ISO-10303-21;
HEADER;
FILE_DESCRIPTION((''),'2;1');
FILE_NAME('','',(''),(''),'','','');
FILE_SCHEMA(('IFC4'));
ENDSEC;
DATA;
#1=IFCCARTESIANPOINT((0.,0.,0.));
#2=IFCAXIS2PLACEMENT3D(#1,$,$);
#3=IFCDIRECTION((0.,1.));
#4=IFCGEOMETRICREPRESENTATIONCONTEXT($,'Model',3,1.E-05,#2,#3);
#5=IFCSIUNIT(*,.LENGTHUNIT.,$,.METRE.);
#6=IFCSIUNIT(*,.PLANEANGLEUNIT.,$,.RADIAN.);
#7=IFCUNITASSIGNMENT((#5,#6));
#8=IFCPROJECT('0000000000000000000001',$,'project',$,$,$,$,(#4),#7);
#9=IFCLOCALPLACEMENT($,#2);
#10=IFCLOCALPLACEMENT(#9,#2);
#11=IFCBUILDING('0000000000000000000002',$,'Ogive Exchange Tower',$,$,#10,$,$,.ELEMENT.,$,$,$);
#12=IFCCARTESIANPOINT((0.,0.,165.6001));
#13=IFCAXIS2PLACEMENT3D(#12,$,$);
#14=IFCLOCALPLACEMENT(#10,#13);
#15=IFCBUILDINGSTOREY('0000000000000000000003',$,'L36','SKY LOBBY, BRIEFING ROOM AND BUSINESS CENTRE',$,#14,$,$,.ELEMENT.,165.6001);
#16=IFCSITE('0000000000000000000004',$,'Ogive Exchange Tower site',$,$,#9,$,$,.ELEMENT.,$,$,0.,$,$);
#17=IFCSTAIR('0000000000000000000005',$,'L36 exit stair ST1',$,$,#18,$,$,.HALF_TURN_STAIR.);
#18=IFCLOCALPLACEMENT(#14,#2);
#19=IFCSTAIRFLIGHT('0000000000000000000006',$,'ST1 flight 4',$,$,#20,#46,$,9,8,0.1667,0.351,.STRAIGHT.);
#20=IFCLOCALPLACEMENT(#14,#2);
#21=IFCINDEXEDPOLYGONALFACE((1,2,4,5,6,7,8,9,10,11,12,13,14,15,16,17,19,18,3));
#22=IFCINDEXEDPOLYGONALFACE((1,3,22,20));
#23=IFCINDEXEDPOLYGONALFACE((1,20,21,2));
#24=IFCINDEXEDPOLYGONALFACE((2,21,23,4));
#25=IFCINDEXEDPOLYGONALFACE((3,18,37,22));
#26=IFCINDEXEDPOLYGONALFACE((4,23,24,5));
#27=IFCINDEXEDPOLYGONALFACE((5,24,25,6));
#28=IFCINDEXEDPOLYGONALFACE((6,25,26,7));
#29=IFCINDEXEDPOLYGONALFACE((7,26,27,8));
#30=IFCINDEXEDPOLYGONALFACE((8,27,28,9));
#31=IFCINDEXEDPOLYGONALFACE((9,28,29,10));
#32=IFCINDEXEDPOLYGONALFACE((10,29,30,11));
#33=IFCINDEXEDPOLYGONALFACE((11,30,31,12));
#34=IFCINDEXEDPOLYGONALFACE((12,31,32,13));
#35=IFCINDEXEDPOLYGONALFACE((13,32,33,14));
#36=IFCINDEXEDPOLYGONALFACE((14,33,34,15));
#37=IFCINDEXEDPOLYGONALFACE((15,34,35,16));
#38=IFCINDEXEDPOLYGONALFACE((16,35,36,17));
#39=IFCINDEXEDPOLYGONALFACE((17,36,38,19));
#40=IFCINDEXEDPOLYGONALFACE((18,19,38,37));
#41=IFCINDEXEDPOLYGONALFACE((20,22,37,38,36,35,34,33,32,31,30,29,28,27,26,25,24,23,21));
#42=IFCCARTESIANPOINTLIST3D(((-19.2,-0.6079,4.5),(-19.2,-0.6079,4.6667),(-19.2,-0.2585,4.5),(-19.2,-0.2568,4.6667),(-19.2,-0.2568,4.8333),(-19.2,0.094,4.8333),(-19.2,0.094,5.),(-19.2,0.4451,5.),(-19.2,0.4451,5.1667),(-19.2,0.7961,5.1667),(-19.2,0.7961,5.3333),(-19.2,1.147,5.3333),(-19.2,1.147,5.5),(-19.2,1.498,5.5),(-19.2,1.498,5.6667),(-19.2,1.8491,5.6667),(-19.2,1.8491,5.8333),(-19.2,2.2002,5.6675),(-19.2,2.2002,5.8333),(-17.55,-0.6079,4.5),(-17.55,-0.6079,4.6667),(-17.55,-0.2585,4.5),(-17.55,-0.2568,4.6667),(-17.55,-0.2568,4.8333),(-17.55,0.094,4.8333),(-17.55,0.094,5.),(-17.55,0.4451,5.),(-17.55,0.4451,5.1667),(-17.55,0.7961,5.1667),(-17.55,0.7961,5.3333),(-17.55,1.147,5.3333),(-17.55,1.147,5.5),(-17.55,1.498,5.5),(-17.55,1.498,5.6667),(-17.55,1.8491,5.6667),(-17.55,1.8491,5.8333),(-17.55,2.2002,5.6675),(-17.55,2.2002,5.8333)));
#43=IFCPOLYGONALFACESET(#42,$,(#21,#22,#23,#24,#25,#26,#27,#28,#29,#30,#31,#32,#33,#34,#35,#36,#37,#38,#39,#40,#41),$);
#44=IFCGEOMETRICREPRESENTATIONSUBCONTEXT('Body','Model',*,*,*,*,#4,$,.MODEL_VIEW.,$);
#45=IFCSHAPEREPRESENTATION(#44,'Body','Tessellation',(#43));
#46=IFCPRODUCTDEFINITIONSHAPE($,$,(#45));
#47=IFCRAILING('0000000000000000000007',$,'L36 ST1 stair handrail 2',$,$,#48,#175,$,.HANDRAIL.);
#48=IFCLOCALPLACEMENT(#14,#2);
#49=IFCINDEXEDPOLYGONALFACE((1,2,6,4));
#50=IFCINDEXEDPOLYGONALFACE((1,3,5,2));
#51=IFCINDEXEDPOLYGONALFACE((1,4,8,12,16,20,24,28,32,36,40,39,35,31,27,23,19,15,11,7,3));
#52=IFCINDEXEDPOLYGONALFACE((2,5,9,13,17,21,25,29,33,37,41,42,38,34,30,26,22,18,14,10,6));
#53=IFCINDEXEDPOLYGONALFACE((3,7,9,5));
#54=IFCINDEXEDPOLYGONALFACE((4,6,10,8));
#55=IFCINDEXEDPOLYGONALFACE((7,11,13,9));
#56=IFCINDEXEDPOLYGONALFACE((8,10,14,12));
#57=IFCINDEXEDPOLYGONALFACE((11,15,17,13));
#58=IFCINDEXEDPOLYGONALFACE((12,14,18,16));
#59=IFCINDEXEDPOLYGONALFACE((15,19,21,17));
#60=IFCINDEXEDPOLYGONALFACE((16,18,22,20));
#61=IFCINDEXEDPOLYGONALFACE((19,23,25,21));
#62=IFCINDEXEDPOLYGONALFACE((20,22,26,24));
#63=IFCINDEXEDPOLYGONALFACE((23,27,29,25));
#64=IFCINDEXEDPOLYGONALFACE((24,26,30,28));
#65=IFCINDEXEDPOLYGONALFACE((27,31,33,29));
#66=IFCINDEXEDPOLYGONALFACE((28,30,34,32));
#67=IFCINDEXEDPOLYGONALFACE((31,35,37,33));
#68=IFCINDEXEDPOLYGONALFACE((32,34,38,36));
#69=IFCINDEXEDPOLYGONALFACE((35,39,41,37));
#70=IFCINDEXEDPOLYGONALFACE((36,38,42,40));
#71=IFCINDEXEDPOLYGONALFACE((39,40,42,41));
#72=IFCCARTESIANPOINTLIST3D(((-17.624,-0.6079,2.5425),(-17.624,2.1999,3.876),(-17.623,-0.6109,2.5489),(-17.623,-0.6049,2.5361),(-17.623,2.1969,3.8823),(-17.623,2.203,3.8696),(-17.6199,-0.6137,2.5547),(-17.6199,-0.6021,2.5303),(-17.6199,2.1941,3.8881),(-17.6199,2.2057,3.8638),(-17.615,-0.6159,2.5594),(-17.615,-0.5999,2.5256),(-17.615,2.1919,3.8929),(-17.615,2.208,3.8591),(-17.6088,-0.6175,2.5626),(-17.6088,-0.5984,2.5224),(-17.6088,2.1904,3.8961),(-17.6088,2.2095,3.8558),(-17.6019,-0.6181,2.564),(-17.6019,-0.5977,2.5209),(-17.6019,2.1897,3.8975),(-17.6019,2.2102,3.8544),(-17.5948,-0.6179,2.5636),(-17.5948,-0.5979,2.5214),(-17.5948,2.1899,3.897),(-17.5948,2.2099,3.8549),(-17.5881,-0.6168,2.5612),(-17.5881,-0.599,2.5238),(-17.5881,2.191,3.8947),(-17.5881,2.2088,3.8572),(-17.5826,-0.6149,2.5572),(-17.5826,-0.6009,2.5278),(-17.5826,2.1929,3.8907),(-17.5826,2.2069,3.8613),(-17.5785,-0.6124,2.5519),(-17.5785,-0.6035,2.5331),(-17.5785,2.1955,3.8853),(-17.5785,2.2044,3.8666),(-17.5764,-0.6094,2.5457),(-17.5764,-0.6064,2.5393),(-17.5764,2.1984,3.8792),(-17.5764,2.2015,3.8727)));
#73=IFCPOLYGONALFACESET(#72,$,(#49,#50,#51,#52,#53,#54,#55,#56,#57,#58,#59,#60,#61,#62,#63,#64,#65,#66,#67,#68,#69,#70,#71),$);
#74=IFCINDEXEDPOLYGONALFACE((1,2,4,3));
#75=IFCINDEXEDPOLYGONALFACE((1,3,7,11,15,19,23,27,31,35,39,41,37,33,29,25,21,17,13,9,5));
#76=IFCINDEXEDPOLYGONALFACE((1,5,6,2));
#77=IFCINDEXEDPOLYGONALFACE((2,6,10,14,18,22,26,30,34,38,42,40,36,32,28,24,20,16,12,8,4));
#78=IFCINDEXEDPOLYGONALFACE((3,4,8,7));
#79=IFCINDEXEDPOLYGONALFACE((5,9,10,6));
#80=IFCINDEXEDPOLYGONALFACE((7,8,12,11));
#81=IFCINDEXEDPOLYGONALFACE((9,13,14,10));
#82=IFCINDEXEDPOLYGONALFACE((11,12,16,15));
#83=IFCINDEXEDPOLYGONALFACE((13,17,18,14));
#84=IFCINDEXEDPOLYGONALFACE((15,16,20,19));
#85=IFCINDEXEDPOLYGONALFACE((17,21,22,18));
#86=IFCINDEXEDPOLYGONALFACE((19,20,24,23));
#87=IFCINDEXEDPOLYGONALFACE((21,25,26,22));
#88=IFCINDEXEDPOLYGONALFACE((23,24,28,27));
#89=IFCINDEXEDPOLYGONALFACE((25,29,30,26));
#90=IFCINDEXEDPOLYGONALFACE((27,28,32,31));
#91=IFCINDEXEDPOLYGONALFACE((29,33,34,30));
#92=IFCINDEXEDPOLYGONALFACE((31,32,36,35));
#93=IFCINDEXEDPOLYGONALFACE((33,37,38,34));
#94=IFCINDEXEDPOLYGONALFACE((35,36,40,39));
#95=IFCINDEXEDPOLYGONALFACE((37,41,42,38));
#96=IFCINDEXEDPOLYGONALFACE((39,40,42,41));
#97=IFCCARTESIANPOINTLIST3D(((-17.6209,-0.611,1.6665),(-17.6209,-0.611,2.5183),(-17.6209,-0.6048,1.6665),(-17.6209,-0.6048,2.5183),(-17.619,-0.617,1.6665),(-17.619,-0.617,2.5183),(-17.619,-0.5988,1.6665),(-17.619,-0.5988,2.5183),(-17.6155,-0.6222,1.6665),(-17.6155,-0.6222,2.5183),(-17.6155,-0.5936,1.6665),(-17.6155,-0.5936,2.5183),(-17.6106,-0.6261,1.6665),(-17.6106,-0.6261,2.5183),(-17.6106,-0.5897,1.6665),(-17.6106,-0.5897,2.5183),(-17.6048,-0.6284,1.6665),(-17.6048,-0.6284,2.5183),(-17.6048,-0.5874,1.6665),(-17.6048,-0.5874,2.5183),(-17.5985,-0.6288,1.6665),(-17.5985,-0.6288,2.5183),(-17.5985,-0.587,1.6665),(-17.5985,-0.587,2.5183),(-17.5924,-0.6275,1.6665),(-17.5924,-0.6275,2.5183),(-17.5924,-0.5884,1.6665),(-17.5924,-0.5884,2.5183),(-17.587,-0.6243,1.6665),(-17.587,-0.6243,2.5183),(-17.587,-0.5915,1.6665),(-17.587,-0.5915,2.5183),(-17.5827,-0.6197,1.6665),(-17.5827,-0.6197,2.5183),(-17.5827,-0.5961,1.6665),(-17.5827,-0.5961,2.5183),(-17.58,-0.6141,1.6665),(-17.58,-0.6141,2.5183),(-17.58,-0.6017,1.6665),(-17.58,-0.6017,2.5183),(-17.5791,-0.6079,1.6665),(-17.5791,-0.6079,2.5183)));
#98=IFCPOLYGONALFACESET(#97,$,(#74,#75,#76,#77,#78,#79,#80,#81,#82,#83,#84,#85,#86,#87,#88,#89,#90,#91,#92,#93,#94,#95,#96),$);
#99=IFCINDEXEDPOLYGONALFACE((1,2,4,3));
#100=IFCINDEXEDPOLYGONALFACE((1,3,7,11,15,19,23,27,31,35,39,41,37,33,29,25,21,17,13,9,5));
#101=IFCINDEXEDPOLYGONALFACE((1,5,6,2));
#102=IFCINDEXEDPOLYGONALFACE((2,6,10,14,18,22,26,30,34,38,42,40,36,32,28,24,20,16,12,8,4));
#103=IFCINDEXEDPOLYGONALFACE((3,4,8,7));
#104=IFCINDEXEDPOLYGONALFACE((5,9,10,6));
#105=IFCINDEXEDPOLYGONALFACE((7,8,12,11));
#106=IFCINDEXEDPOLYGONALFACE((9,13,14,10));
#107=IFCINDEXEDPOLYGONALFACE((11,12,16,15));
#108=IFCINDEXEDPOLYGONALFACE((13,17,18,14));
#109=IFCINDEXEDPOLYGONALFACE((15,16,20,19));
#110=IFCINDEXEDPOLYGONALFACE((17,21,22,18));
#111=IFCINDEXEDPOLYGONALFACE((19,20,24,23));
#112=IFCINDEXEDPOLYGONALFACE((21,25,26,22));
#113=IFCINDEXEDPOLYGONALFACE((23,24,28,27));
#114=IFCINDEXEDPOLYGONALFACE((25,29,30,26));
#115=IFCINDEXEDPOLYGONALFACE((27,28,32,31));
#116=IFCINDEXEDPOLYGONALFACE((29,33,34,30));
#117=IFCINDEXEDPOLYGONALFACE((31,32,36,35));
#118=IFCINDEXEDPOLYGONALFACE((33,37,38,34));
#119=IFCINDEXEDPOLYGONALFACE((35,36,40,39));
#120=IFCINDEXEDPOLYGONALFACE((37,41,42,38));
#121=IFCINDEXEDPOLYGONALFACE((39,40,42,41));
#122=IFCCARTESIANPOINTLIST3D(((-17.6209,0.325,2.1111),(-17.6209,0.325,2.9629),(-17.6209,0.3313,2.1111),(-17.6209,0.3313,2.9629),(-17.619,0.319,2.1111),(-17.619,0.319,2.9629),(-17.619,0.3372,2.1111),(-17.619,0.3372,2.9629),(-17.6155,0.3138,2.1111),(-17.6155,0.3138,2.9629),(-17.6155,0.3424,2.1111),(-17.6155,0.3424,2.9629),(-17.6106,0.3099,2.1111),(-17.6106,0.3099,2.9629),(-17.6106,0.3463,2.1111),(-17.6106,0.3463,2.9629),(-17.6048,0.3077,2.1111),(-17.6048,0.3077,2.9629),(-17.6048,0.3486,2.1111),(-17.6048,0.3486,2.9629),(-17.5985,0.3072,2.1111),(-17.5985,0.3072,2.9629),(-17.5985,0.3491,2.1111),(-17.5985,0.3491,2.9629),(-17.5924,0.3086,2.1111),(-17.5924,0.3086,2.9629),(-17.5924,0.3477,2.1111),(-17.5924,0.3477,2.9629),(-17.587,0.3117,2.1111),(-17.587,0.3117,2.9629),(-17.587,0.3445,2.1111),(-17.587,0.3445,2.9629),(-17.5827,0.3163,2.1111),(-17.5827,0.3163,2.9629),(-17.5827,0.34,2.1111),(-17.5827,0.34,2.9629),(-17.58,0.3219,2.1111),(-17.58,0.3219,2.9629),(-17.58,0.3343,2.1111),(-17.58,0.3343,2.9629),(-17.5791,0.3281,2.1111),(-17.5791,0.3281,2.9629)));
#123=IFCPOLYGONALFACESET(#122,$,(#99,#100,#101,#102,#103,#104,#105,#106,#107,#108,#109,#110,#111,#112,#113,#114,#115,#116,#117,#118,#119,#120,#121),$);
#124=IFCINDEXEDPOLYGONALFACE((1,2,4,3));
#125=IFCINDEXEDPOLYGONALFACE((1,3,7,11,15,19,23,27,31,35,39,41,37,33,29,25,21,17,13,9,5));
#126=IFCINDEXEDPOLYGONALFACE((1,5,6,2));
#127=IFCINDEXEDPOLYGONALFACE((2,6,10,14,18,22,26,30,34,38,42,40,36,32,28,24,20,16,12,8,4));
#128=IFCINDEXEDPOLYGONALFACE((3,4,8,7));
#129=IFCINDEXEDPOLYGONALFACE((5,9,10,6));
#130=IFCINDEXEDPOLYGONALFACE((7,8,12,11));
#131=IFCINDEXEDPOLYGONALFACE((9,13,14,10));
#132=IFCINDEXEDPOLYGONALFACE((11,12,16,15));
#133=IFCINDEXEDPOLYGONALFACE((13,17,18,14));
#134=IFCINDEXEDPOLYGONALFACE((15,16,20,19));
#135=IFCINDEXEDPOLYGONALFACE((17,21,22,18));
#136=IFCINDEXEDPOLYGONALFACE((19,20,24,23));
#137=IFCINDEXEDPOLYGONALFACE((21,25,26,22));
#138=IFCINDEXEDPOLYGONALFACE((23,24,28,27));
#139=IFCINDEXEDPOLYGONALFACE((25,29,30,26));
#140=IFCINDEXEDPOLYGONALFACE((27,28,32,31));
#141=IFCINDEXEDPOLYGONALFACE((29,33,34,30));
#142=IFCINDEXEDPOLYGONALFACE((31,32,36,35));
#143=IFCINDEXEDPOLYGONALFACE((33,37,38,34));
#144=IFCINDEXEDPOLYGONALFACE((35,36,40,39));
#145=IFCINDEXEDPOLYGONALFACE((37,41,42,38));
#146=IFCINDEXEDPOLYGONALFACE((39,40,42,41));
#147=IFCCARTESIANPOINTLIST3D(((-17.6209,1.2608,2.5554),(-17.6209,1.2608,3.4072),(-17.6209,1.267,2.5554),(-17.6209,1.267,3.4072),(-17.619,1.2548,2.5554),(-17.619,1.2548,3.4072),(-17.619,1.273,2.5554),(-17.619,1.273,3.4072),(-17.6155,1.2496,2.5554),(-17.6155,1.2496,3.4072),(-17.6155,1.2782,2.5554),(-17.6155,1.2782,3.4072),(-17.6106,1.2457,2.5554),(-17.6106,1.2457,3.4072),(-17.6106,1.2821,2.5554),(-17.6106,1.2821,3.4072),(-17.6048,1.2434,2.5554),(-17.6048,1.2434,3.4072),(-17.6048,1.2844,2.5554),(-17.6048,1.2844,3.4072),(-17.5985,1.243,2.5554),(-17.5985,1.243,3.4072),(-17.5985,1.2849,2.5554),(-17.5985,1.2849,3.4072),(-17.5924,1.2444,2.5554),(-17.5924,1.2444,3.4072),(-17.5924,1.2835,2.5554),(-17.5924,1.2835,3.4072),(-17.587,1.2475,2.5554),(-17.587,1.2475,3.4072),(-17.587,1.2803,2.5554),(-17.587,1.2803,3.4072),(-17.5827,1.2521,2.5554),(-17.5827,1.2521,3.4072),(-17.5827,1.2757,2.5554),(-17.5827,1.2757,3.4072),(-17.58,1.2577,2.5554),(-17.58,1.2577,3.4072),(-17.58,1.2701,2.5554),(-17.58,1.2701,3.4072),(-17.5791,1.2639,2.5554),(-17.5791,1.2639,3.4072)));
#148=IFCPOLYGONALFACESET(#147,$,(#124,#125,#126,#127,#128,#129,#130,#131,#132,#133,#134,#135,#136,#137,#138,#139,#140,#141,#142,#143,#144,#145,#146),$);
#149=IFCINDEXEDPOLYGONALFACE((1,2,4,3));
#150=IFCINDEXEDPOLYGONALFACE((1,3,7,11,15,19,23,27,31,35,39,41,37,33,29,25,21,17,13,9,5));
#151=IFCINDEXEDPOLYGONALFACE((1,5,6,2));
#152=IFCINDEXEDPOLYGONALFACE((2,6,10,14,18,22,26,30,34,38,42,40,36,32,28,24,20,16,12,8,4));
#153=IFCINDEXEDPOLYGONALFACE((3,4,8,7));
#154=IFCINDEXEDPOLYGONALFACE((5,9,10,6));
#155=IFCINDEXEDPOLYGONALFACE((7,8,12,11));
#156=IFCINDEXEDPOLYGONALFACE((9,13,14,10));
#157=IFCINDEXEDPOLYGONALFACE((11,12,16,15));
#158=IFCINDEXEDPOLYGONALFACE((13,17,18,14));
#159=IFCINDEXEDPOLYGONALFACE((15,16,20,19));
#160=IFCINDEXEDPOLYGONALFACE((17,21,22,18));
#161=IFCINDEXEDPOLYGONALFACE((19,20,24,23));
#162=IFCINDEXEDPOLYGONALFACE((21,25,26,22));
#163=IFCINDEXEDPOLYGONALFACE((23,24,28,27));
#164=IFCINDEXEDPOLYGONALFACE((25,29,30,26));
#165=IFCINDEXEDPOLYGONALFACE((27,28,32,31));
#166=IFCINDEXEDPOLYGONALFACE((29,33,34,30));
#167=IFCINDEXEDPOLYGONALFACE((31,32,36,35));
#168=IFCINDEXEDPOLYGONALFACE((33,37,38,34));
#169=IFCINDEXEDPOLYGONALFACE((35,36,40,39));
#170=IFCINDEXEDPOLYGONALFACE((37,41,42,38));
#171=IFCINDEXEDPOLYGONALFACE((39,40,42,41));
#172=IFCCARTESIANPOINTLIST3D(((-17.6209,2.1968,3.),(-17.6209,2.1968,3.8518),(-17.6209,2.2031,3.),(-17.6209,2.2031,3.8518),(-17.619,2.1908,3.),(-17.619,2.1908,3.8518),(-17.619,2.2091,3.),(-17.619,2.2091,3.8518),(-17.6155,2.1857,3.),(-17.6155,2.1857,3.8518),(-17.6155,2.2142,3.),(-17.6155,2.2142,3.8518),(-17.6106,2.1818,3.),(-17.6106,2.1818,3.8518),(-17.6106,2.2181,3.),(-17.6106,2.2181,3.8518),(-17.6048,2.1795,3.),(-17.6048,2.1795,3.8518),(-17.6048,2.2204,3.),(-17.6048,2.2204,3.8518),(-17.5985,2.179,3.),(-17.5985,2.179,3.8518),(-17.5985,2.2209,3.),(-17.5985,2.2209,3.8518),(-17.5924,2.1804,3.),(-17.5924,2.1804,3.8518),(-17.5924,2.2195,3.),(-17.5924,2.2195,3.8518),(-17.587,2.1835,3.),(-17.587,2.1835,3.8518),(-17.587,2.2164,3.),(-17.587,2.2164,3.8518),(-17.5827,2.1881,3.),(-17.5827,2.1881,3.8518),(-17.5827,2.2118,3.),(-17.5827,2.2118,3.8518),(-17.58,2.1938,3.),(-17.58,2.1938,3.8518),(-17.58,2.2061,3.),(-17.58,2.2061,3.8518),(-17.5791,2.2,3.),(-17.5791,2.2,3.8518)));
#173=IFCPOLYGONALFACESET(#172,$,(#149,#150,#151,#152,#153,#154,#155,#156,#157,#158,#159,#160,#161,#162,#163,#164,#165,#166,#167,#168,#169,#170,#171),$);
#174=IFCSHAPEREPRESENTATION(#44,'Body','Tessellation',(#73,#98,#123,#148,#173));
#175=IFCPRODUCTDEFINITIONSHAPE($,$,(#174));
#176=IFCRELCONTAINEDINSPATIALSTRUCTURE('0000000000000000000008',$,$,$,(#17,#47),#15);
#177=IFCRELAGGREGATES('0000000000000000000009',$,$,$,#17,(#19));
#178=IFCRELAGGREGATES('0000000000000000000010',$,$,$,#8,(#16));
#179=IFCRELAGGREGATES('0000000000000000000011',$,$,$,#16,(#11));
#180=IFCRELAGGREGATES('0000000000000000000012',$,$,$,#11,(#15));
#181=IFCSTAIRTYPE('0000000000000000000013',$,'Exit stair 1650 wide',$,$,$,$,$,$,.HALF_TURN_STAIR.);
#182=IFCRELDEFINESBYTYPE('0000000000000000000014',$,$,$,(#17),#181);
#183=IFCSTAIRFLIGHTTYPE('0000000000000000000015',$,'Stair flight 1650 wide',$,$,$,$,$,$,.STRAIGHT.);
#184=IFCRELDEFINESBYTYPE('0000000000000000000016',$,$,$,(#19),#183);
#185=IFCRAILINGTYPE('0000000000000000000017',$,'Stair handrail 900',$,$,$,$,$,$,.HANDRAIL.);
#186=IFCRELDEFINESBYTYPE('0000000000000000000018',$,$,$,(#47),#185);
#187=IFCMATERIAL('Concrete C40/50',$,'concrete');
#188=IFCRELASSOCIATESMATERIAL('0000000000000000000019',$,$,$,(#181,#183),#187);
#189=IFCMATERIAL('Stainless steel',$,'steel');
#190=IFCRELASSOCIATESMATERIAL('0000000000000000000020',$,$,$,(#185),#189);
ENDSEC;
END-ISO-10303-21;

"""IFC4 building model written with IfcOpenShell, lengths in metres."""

from ifc_helpers import new_model, si_unit, direction, frame, origin, origin_2d, place, context, subcontext, project, spatial, polyline, circle, outline, extrude, material, type_object, element, aggregate, save


model = new_model("IFC4")

# Units and contexts
model_context = context("Model", 3, precision=1e-05, world=origin(), true_north=direction((0.0, 1.0)))
body_context = subcontext(model_context, "Body", "Model", "MODEL_VIEW")
ifc_project = project(units=[si_unit("LENGTHUNIT", "METRE"), si_unit("PLANEANGLEUNIT", "RADIAN")], contexts=[model_context])

# Site, building, storey
site_placement = place(None, origin())
site = spatial("IfcSite", under=ifc_project, at=site_placement, Name="Ogive Exchange Tower site", CompositionType="ELEMENT", RefElevation=0.0)
building_placement = place(site_placement, origin())
building = spatial("IfcBuilding", under=site, at=building_placement, Name="Ogive Exchange Tower", CompositionType="ELEMENT")
storey_placement = place(building_placement, frame((0.0, 0.0, 165.6001)))
storey = spatial("IfcBuildingStorey", under=building, at=storey_placement, Name="L36", Description="SKY LOBBY, BRIEFING ROOM AND BUSINESS CENTRE", CompositionType="ELEMENT", Elevation=165.6001)

# Shared definitions
ifc_material_1 = material(Name="Stainless steel", Category="steel")

# Stair, stair flight
ifc_material_2 = material(Name="Concrete C40/50", Category="concrete")
stair_type = type_object("IfcStairType", Name="Exit stair 1650 wide", PredefinedType="HALF_TURN_STAIR", material=ifc_material_2)
stair_placement = place(storey_placement, origin())
stair = element("IfcStair", 1, at=stair_placement, inside=storey, type_object=stair_type, Name="L36 exit stair ST1", PredefinedType="HALF_TURN_STAIR")
stair_flight_type = type_object("IfcStairFlightType", Name="Stair flight 1650 wide", PredefinedType="STRAIGHT", material=ifc_material_2)
stair_flight_1_placement = place(storey_placement, frame((-18.375, -0.6079, 4.5), z_axis=(0.0, 0.0, 1.0), x_axis=(0.0, 1.0, 0.0)))
stair_flight_1 = element("IfcStairFlight", 2, at=stair_flight_1_placement, type_object=stair_flight_type, Name="ST1 flight 4", NumberOfRisers=9, NumberOfTreads=8, PredefinedType="STRAIGHT", RiserHeight=0.1667, TreadLength=0.351, context=body_context, shape_type="SweptSolid", body=[
    extrude(outline(polyline([(0.0, 0.0), (0.0, 0.1667), (0.3511, 0.1667), (0.3511, 0.3333), (0.7019, 0.3333), (0.7019, 0.5), (1.053, 0.5), (1.053, 0.6667), (1.4041, 0.6667), (1.4041, 0.8333), (1.7549, 0.8333), (1.7549, 1.0), (2.106, 1.0), (2.106, 1.1667), (2.457, 1.1667), (2.457, 1.3333), (2.8081, 1.3333), (2.8081, 1.5), (2.8081, 1.1675), (0.3494, 0.0), (0.0, 0.0)])), frame((0.0, 0.825, 0.0), z_axis=(0.0, -1.0, 0.0), x_axis=(1.0, 0.0, 0.0)), (0.0, 0.0, 1.0), 1.6499),
])
aggregate(stair, [stair_flight_1])

# Railing
railing_type = type_object("IfcRailingType", Name="Stair handrail 900", PredefinedType="HANDRAIL", material=ifc_material_1)
for number, where, name in (
    (3, (-17.6001, -0.6079, 1.6665), "L36 ST1 stair handrail 2"),
):
    element("IfcRailing", number, at=place(storey_placement, frame(where)), inside=storey, type_object=railing_type, Name=name, PredefinedType="HANDRAIL", context=body_context, shape_type="SweptSolid", body=[
        extrude(circle(Radius=0.0239, at=origin_2d()), frame((0.0, 0.0, 0.876), z_axis=(0.0, 0.903307, 0.428994), x_axis=(-1.0, 0.0, 0.0)), (0.0, 0.0, 1.0), 3.1084),
        extrude(circle(Radius=0.021, at=origin_2d()), origin(), (0.0, 0.0, 1.0), 0.8518),
        extrude(circle(Radius=0.021, at=origin_2d()), frame((0.0, 0.936, 0.4446)), (0.0, 0.0, 1.0), 0.8518),
        extrude(circle(Radius=0.021, at=origin_2d()), frame((0.0, 1.8718, 0.8889)), (0.0, 0.0, 1.0), 0.8518),
        extrude(circle(Radius=0.021, at=origin_2d()), frame((0.0, 2.8079, 1.3335)), (0.0, 0.0, 1.0), 0.8518),
    ])

save(model, "model.ifc")
